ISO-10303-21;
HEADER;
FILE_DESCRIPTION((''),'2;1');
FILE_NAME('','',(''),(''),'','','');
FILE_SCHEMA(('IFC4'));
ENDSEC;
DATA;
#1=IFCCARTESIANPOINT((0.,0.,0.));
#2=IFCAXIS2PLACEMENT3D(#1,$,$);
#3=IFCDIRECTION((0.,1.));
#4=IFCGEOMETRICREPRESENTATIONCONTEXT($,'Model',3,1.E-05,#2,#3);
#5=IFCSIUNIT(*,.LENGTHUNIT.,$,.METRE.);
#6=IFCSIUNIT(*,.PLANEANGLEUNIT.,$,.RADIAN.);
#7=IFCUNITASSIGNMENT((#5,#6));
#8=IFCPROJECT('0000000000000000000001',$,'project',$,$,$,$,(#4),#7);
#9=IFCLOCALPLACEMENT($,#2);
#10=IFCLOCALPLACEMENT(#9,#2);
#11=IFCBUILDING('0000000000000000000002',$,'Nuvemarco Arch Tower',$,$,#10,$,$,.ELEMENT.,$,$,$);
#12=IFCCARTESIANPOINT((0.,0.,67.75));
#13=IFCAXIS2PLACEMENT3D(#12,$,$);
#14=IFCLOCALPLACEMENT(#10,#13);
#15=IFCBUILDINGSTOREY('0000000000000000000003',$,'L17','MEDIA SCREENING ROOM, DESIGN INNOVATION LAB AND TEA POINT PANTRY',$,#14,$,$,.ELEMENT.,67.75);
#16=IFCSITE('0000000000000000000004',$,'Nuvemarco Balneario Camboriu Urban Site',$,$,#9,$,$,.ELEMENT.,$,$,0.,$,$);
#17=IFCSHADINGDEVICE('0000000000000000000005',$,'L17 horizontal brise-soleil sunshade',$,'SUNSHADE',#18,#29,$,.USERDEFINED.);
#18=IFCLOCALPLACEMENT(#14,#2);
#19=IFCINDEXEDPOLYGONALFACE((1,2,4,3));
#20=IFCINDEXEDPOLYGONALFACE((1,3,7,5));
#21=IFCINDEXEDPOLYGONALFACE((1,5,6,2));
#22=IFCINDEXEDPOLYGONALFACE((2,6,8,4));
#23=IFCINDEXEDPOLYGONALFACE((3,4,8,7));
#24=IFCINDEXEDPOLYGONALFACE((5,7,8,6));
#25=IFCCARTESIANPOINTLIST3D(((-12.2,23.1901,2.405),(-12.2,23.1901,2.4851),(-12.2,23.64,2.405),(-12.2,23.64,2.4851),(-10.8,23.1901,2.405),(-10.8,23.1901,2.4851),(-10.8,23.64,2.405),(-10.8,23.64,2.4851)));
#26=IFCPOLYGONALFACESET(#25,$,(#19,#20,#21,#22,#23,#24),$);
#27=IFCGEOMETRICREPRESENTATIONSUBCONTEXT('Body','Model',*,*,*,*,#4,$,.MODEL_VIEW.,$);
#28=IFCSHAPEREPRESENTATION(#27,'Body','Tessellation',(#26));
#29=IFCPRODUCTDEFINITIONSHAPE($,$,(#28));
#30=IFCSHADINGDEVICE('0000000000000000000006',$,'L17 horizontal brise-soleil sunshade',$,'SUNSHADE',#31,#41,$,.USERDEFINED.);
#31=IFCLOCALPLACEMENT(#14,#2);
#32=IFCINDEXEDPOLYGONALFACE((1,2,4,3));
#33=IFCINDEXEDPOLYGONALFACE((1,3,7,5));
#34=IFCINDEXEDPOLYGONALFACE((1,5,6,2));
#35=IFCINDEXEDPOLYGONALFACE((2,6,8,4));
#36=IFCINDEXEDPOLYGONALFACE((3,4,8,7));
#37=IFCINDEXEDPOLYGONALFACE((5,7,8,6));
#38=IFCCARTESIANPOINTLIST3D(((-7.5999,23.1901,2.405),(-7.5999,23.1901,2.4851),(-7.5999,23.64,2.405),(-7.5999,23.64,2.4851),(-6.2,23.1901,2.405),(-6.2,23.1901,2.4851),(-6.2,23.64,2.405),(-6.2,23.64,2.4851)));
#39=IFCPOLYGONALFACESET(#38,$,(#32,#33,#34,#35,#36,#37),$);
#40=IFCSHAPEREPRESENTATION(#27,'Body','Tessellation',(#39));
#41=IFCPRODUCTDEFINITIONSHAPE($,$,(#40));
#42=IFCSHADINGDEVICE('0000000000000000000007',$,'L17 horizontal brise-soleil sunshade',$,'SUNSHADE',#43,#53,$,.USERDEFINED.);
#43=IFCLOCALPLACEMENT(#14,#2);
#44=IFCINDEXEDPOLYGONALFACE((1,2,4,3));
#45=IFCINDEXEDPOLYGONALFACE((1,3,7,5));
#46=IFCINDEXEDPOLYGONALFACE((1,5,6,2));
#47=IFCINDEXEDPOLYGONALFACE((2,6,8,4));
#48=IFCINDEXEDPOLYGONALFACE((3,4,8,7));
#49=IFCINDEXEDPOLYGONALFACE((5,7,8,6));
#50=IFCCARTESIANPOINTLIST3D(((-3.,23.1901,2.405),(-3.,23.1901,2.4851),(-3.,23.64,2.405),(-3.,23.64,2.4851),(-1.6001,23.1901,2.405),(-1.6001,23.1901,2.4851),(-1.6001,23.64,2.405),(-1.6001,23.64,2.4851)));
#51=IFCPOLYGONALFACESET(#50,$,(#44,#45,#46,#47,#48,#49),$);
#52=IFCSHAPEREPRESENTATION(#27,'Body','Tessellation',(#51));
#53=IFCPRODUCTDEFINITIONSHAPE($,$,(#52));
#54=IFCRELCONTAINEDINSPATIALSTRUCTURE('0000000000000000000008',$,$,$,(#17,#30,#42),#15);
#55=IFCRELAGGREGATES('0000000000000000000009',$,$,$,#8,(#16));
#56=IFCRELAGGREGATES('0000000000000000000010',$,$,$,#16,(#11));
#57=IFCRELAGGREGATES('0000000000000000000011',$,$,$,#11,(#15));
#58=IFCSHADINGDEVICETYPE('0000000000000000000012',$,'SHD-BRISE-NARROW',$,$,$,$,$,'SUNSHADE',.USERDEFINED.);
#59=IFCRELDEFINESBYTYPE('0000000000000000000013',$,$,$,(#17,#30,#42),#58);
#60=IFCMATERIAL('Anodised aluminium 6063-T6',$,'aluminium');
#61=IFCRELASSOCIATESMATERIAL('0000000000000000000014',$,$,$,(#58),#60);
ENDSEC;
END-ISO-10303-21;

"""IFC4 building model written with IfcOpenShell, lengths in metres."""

from ifc_helpers import new_model, si_unit, direction, frame, origin, origin_2d, place, context, subcontext, project, spatial, rectangle, extrude, source, transform, mapped, material, type_object, type_shapes, element, save


model = new_model("IFC4")

# Units and contexts
model_context = context("Model", 3, precision=1e-05, world=origin(), true_north=direction((0.0, 1.0)))
body_context = subcontext(model_context, "Body", "Model", "MODEL_VIEW")
ifc_project = project(units=[si_unit("LENGTHUNIT", "METRE"), si_unit("PLANEANGLEUNIT", "RADIAN")], contexts=[model_context])

# Site, building, storey
site_placement = place(None, origin())
site = spatial("IfcSite", under=ifc_project, at=site_placement, Name="Nuvemarco Balneario Camboriu Urban Site", CompositionType="ELEMENT", RefElevation=0.0)
building_placement = place(site_placement, origin())
building = spatial("IfcBuilding", under=site, at=building_placement, Name="Nuvemarco Arch Tower", CompositionType="ELEMENT")
storey_placement = place(building_placement, frame((0.0, 0.0, 67.75)))
storey = spatial("IfcBuildingStorey", under=building, at=storey_placement, Name="L17", Description="MEDIA SCREENING ROOM, DESIGN INNOVATION LAB AND TEA POINT PANTRY", CompositionType="ELEMENT", Elevation=67.75)

# Shading devices
ifc_material_1 = material(Name="Anodised aluminium 6063-T6", Category="aluminium")
shading_device_type = type_object("IfcShadingDeviceType", Name="SHD-BRISE-NARROW", ElementType="SUNSHADE", PredefinedType="USERDEFINED", material=ifc_material_1)
shared_shape_1 = source(origin(), body_context, "Body", "SweptSolid", [
    extrude(rectangle(XDim=1.3999, YDim=0.45, at=origin_2d()), origin(), (0.0, 0.0, 1.0), 0.0801),
])
type_shapes(shading_device_type, [shared_shape_1])
for number, where, z_axis, x_axis, name in (
    (1, (-11.5, 23.415, 2.405), (0.0, 0.0, 1.0), (1.0, 0.0, 0.0), "L17 horizontal brise-soleil sunshade"),
    (2, (-6.8999, 23.415, 2.405), (0.0, 0.0, 1.0), (1.0, 0.0, 0.0), "L17 horizontal brise-soleil sunshade"),
    (3, (-2.3, 23.415, 2.405), (0.0, 0.0, 1.0), (1.0, 0.0, 0.0), "L17 horizontal brise-soleil sunshade"),
):
    element("IfcShadingDevice", number, at=place(storey_placement, frame(where, z_axis=z_axis, x_axis=x_axis)), inside=storey, type_object=shading_device_type, Name=name, ObjectType="SUNSHADE", PredefinedType="USERDEFINED", context=body_context, shape_type="MappedRepresentation", body=[
        mapped(shared_shape_1, transform((0.0, 0.0, 0.0), scale=1.0)),
    ])

save(model, "model.ifc")
